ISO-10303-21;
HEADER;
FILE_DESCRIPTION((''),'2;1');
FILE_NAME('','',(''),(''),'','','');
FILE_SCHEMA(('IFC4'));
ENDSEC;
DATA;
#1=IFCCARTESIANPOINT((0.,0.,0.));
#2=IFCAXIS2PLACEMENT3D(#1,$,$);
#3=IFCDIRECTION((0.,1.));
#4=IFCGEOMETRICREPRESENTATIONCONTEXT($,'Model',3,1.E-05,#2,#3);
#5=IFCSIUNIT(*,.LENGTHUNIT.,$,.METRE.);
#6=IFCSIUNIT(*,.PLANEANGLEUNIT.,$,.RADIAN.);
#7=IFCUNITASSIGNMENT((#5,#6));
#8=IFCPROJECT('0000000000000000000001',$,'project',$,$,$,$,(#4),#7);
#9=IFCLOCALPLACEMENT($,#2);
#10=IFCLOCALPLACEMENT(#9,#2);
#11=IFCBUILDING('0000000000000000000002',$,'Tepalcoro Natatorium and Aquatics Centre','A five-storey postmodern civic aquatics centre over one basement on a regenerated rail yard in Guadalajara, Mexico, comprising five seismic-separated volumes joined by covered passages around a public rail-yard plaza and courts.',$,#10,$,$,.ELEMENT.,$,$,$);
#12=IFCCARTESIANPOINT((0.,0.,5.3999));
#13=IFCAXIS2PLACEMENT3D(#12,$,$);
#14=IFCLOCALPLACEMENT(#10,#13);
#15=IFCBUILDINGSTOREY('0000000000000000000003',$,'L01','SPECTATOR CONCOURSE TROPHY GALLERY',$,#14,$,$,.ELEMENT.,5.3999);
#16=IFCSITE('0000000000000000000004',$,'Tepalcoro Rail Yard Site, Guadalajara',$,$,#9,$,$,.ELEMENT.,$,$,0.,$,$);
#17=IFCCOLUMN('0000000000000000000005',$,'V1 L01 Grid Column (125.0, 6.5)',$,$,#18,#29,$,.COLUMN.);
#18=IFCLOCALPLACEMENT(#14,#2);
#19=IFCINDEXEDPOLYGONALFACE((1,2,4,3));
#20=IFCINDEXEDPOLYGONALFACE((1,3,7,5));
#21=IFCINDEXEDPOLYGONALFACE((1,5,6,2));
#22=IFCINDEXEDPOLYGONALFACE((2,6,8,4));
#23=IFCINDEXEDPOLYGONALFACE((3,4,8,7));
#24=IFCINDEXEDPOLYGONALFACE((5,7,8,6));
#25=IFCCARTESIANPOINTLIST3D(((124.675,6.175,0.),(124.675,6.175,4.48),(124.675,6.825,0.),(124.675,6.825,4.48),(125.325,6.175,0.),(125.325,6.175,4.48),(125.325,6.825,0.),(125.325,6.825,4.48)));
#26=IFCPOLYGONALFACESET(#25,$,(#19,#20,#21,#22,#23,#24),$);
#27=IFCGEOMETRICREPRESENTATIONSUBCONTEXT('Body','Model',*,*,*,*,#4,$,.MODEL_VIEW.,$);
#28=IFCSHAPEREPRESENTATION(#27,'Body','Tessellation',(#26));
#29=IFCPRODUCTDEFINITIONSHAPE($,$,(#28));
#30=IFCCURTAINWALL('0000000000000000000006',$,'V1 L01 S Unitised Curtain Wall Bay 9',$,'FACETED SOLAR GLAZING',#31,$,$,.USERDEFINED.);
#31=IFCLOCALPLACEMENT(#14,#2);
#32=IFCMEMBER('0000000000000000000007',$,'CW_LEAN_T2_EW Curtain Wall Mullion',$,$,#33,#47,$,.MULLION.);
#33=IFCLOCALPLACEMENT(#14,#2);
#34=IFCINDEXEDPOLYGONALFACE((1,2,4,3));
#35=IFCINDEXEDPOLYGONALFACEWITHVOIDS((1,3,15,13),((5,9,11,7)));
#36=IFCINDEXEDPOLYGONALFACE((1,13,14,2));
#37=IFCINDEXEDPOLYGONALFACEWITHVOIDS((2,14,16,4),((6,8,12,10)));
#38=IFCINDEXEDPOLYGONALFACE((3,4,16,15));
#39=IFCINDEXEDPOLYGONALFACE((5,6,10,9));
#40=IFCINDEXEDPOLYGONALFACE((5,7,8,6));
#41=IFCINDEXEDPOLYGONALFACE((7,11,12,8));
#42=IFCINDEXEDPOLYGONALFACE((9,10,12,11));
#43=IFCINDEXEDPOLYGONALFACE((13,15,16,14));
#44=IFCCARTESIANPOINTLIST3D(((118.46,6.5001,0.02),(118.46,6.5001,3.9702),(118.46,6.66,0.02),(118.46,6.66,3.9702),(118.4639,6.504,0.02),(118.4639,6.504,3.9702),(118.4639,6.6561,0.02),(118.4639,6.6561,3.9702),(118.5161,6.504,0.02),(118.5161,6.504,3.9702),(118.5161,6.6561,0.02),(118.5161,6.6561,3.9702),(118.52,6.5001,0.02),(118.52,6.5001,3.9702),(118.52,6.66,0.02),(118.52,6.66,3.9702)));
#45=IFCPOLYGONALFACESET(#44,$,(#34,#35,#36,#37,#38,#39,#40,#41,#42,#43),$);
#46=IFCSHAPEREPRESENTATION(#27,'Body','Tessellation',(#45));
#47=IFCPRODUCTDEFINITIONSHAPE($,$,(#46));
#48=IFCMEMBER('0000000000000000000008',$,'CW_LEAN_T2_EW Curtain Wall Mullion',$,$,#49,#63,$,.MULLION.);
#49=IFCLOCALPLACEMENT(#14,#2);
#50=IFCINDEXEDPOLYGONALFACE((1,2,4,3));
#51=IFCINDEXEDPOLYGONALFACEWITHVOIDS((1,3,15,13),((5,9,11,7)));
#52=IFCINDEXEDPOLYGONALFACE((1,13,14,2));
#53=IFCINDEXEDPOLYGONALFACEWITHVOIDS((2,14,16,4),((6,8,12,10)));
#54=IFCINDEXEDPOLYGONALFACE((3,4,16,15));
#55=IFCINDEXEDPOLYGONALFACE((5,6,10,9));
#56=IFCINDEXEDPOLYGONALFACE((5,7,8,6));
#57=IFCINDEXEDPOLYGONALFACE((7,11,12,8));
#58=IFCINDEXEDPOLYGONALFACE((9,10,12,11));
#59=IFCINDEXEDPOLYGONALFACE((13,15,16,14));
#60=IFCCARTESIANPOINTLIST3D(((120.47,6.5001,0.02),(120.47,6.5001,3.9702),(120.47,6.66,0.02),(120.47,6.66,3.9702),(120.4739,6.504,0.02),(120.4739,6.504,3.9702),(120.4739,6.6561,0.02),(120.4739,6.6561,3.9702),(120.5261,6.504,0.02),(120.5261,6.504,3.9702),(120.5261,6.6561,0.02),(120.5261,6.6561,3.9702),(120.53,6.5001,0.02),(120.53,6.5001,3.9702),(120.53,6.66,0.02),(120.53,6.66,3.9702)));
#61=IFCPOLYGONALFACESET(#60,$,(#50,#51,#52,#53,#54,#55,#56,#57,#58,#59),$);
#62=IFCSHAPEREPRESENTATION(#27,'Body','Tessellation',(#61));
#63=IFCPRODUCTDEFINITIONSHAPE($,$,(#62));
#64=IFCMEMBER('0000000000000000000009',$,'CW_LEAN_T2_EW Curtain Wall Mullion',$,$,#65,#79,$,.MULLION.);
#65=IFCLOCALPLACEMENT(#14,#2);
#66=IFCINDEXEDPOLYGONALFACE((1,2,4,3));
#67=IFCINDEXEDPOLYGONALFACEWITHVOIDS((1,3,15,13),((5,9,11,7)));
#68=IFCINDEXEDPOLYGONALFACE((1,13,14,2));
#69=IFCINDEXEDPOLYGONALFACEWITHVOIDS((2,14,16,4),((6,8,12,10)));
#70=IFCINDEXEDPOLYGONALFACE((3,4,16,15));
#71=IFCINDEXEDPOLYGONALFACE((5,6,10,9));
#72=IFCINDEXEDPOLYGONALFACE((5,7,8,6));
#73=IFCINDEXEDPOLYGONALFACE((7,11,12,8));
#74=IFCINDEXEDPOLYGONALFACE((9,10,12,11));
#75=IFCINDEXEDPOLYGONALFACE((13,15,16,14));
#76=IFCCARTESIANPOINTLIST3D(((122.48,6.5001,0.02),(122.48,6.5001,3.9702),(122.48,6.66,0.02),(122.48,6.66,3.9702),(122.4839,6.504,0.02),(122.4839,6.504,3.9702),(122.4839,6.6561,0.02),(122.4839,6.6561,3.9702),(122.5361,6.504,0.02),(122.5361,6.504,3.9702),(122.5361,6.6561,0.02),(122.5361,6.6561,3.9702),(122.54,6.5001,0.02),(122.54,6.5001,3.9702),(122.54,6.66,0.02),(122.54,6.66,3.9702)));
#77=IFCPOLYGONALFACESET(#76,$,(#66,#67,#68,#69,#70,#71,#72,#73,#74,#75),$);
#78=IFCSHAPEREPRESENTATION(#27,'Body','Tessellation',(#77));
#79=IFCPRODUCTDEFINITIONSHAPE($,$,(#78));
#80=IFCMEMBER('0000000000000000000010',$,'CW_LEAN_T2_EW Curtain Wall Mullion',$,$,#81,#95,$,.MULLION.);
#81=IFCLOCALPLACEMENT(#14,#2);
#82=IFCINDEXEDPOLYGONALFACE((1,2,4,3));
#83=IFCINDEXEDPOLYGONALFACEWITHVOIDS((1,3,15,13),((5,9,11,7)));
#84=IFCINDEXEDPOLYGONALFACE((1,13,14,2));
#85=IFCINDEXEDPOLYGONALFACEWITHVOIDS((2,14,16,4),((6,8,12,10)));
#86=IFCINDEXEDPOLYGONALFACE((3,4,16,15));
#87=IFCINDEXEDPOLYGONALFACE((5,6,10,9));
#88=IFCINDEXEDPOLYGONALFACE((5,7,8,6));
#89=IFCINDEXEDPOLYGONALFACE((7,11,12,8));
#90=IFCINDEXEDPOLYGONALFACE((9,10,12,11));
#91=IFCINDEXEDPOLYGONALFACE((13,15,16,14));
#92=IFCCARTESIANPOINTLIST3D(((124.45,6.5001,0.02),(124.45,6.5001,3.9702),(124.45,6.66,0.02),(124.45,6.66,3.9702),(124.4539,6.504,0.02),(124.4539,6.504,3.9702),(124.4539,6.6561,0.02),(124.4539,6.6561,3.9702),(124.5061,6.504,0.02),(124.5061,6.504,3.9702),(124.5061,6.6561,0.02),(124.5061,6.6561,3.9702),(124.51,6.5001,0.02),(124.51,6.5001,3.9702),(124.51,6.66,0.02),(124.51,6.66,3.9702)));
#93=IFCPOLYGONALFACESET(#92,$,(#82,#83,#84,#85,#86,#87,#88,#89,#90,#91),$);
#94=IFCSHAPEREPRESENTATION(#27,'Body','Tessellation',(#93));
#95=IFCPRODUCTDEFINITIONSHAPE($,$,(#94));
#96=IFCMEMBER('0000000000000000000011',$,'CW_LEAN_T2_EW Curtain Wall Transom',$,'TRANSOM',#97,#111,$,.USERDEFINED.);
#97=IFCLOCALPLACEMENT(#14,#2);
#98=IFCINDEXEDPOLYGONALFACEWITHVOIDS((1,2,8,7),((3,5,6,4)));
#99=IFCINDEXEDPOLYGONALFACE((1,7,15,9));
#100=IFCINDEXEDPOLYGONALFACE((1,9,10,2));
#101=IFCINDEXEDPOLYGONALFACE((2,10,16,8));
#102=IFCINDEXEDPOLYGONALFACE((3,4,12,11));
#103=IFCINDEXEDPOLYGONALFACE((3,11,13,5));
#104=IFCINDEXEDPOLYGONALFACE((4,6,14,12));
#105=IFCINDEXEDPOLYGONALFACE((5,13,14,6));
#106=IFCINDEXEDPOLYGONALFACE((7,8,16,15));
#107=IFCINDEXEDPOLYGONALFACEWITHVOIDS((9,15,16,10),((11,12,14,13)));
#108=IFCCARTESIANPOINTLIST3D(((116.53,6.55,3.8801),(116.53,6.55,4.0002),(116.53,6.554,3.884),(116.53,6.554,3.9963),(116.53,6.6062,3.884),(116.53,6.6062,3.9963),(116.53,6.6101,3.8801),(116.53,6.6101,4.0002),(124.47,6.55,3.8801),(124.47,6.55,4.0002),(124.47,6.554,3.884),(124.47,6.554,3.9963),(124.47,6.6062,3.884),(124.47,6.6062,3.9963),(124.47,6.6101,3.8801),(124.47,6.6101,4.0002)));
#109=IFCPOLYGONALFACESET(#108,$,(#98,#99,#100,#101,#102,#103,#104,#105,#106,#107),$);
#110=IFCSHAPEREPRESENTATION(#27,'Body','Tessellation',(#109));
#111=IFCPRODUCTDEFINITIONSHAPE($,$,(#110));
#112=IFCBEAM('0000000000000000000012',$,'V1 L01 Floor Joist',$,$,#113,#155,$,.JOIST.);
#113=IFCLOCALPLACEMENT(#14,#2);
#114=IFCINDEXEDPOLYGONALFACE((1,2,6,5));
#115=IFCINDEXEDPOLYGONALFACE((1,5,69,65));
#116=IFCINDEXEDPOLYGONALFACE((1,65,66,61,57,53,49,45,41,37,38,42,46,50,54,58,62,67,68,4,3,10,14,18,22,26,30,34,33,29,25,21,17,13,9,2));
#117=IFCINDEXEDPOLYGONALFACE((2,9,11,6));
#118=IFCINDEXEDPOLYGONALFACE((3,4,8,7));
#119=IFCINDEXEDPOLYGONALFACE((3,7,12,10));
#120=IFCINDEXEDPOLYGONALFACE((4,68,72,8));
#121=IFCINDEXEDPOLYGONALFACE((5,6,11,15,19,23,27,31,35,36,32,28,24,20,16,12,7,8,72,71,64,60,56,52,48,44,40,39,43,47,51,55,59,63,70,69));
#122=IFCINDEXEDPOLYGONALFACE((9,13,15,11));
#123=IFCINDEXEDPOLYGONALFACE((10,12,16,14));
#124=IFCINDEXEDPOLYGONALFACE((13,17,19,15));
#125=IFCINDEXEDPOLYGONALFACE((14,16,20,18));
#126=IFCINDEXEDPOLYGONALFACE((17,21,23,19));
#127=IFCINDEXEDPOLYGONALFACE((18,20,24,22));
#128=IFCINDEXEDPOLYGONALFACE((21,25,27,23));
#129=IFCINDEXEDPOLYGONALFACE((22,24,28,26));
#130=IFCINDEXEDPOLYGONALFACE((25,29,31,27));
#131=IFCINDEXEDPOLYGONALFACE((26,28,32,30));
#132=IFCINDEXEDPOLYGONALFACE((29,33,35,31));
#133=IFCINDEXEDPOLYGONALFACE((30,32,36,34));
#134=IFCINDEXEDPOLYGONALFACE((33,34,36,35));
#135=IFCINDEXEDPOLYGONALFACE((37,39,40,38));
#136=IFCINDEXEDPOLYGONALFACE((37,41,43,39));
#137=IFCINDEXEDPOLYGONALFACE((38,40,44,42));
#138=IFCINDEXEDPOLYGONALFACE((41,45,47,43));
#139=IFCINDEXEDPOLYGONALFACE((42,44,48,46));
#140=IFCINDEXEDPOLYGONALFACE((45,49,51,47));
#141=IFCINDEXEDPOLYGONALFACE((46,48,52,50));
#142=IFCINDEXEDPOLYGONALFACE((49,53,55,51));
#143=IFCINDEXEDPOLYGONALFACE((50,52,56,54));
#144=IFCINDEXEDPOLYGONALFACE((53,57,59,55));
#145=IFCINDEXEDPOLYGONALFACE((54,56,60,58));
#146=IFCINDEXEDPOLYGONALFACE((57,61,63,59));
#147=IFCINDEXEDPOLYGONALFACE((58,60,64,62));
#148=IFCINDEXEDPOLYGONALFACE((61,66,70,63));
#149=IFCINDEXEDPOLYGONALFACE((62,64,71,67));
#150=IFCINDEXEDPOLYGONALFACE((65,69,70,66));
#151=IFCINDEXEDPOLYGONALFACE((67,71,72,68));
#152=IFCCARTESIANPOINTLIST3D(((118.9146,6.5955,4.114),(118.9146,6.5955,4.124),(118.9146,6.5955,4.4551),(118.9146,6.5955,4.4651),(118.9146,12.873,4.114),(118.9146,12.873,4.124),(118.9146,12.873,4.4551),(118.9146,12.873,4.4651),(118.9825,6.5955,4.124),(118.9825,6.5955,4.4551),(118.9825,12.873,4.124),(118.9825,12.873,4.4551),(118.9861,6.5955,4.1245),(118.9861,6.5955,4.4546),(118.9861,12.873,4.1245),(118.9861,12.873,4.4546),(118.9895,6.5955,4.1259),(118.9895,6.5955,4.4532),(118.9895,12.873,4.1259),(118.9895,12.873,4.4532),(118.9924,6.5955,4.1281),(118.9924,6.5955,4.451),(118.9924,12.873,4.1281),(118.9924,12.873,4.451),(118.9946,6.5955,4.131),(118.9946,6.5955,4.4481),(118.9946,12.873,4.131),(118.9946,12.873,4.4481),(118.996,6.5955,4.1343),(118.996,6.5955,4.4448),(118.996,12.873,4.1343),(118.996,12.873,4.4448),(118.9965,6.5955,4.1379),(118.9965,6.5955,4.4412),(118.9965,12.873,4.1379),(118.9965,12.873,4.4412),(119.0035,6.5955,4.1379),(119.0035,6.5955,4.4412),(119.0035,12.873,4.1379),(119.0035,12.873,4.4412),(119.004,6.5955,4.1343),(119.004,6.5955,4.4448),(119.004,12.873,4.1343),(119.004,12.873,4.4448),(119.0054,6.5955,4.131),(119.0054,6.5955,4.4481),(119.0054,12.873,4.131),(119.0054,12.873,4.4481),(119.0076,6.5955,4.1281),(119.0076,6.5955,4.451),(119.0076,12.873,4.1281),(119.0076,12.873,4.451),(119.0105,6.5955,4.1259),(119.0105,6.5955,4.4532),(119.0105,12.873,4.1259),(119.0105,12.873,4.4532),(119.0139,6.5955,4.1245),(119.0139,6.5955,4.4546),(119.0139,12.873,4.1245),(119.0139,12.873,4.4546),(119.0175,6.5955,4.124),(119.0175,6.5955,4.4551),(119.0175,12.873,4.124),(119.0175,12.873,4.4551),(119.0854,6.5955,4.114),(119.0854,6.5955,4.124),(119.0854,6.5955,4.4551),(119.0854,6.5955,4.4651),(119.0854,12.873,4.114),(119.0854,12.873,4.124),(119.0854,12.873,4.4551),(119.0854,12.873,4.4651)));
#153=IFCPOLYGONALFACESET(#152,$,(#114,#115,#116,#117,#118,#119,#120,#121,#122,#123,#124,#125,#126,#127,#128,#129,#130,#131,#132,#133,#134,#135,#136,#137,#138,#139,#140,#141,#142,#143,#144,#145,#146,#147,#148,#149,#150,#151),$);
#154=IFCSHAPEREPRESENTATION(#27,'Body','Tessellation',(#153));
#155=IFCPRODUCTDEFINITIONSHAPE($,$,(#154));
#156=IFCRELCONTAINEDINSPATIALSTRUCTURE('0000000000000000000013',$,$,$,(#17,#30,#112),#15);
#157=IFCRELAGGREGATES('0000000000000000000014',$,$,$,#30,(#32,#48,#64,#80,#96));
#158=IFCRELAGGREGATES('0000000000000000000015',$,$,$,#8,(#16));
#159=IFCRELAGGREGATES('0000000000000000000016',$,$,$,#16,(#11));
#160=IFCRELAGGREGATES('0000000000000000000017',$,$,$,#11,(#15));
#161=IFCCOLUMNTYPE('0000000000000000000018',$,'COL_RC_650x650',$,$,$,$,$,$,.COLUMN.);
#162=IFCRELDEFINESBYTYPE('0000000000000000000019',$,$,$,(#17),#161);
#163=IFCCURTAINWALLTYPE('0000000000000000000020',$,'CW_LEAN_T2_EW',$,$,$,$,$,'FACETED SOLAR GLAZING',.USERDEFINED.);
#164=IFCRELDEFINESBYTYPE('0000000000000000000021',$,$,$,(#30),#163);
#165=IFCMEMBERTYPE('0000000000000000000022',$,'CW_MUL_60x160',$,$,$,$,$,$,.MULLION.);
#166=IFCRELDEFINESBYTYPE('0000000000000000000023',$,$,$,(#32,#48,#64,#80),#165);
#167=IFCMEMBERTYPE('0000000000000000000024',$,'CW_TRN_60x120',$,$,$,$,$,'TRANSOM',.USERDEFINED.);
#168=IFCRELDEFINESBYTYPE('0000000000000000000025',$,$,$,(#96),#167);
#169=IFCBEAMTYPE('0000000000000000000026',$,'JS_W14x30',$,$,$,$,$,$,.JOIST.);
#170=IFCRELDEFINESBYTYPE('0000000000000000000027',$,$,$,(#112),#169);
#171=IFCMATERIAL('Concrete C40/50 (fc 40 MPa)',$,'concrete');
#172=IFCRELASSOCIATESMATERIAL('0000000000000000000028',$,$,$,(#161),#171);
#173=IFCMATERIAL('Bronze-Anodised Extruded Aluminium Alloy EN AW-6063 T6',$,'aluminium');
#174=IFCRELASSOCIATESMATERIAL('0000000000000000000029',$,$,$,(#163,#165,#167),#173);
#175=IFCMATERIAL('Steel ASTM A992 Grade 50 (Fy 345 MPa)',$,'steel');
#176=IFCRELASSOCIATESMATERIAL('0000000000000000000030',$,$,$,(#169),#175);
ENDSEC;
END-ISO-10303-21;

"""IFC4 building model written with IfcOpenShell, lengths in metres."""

from ifc_helpers import new_model, si_unit, direction, frame, origin, origin_2d, place, context, subcontext, project, spatial, rectangle, hollow_rectangle, i_section, extrude, material, material_profile, profile_set, type_object, element, aggregate, save


model = new_model("IFC4")

# Units and contexts
model_context = context("Model", 3, precision=1e-05, world=origin(), true_north=direction((0.0, 1.0)))
body_context = subcontext(model_context, "Body", "Model", "MODEL_VIEW")
ifc_project = project(units=[si_unit("LENGTHUNIT", "METRE"), si_unit("PLANEANGLEUNIT", "RADIAN")], contexts=[model_context])

# Site, building, storey
site_placement = place(None, origin())
site = spatial("IfcSite", under=ifc_project, at=site_placement, Name="Tepalcoro Rail Yard Site, Guadalajara", CompositionType="ELEMENT", RefElevation=0.0)
building_placement = place(site_placement, origin())
building = spatial("IfcBuilding", under=site, at=building_placement, Name="Tepalcoro Natatorium and Aquatics Centre", Description="A five-storey postmodern civic aquatics centre over one basement on a regenerated rail yard in Guadalajara, Mexico, comprising five seismic-separated volumes joined by covered passages around a public rail-yard plaza and courts.", CompositionType="ELEMENT")
storey_placement = place(building_placement, frame((0.0, 0.0, 5.3999)))
storey = spatial("IfcBuildingStorey", under=building, at=storey_placement, Name="L01", Description="SPECTATOR CONCOURSE TROPHY GALLERY", CompositionType="ELEMENT", Elevation=5.3999)

# Column
ifc_material_1 = material(Name="Concrete C40/50 (fc 40 MPa)", Category="concrete")
ifc_material_profile_1 = material_profile(ifc_material_1, rectangle(XDim=0.6499, YDim=0.6499, at=origin_2d()), Name="RC650x650")
ifc_profile_set_1 = profile_set([ifc_material_profile_1], Name="Concrete C40/50 (fc 40 MPa)")
column_type = type_object("IfcColumnType", Name="COL_RC_650x650", PredefinedType="COLUMN", material=ifc_profile_set_1)
column_placement = place(storey_placement, frame((125.0, 6.5, 0.0), z_axis=(0.0, 0.0, 1.0), x_axis=(1.0, 0.0, 0.0)))
element("IfcColumn", 1, at=column_placement, inside=storey, type_object=column_type, Name="V1 L01 Grid Column (125.0, 6.5)", PredefinedType="COLUMN", context=body_context, shape_type="SweptSolid", body=[
    extrude(rectangle(XDim=0.6499, YDim=0.6499, at=origin_2d()), origin(), (0.0, 0.0, 1.0), 4.48),
])

# Curtain wall, members
ifc_material_2 = material(Name="Bronze-Anodised Extruded Aluminium Alloy EN AW-6063 T6", Category="aluminium")
curtain_wall_type = type_object("IfcCurtainWallType", Name="CW_LEAN_T2_EW", ElementType="FACETED SOLAR GLAZING", PredefinedType="USERDEFINED", material=ifc_material_2)
curtain_wall_placement = place(storey_placement, origin())
curtain_wall = element("IfcCurtainWall", 2, at=curtain_wall_placement, inside=storey, type_object=curtain_wall_type, Name="V1 L01 S Unitised Curtain Wall Bay 9", ObjectType="FACETED SOLAR GLAZING", PredefinedType="USERDEFINED")
ifc_material_profile_2 = material_profile(ifc_material_2, hollow_rectangle(XDim=0.0601, YDim=0.1599, WallThickness=0.0039, at=origin_2d()), Name="AL60X160X4")
ifc_profile_set_2 = profile_set([ifc_material_profile_2], Name="Bronze-Anodised Extruded Aluminium Alloy EN AW-6063 T6")
member_type_1 = type_object("IfcMemberType", Name="CW_MUL_60x160", PredefinedType="MULLION", material=ifc_profile_set_2)
member_1_placement = place(storey_placement, frame((118.49, 6.5801, 0.02), z_axis=(0.0, 0.0, 1.0), x_axis=(1.0, 0.0, 0.0)))
member_1 = element("IfcMember", 3, at=member_1_placement, type_object=member_type_1, Name="CW_LEAN_T2_EW Curtain Wall Mullion", PredefinedType="MULLION", context=body_context, shape_type="SweptSolid", body=[
    extrude(hollow_rectangle(XDim=0.0601, YDim=0.1599, WallThickness=0.0039, at=origin_2d()), origin(), (0.0, 0.0, 1.0), 3.9502),
])
member_2_placement = place(storey_placement, frame((120.5, 6.5801, 0.02), z_axis=(0.0, 0.0, 1.0), x_axis=(1.0, 0.0, 0.0)))
member_2 = element("IfcMember", 4, at=member_2_placement, type_object=member_type_1, Name="CW_LEAN_T2_EW Curtain Wall Mullion", PredefinedType="MULLION", context=body_context, shape_type="SweptSolid", body=[
    extrude(hollow_rectangle(XDim=0.0601, YDim=0.1599, WallThickness=0.0039, at=origin_2d()), origin(), (0.0, 0.0, 1.0), 3.9502),
])
member_3_placement = place(storey_placement, frame((122.51, 6.5801, 0.02), z_axis=(0.0, 0.0, 1.0), x_axis=(1.0, 0.0, 0.0)))
member_3 = element("IfcMember", 5, at=member_3_placement, type_object=member_type_1, Name="CW_LEAN_T2_EW Curtain Wall Mullion", PredefinedType="MULLION", context=body_context, shape_type="SweptSolid", body=[
    extrude(hollow_rectangle(XDim=0.0601, YDim=0.1599, WallThickness=0.0039, at=origin_2d()), origin(), (0.0, 0.0, 1.0), 3.9502),
])
member_4_placement = place(storey_placement, frame((124.48, 6.5801, 0.02), z_axis=(0.0, 0.0, 1.0), x_axis=(1.0, 0.0, 0.0)))
member_4 = element("IfcMember", 6, at=member_4_placement, type_object=member_type_1, Name="CW_LEAN_T2_EW Curtain Wall Mullion", PredefinedType="MULLION", context=body_context, shape_type="SweptSolid", body=[
    extrude(hollow_rectangle(XDim=0.0601, YDim=0.1599, WallThickness=0.0039, at=origin_2d()), origin(), (0.0, 0.0, 1.0), 3.9502),
])
ifc_material_profile_3 = material_profile(ifc_material_2, hollow_rectangle(XDim=0.0601, YDim=0.1201, WallThickness=0.0039, at=origin_2d()), Name="AL60X120X4")
ifc_profile_set_3 = profile_set([ifc_material_profile_3], Name="Bronze-Anodised Extruded Aluminium Alloy EN AW-6063 T6")
member_type_2 = type_object("IfcMemberType", Name="CW_TRN_60x120", ElementType="TRANSOM", PredefinedType="USERDEFINED", material=ifc_profile_set_3)
member_5_placement = place(storey_placement, frame((116.53, 6.5801, 3.9402), z_axis=(1.0, 0.0, 0.0), x_axis=(0.0, 1.0, 0.0)))
member_5 = element("IfcMember", 7, at=member_5_placement, type_object=member_type_2, Name="CW_LEAN_T2_EW Curtain Wall Transom", ObjectType="TRANSOM", PredefinedType="USERDEFINED", context=body_context, shape_type="SweptSolid", body=[
    extrude(hollow_rectangle(XDim=0.0601, YDim=0.1201, WallThickness=0.0039, at=origin_2d()), origin(), (0.0, 0.0, 1.0), 7.9399),
])

# Beam
ifc_material_3 = material(Name="Steel ASTM A992 Grade 50 (Fy 345 MPa)", Category="steel")
ifc_material_profile_4 = material_profile(ifc_material_3, i_section(OverallWidth=0.1709, OverallDepth=0.3511, WebThickness=0.0071, FlangeThickness=0.01, FilletRadius=0.0139, at=origin_2d()), Name="W14X30")
ifc_profile_set_4 = profile_set([ifc_material_profile_4], Name="Steel ASTM A992 Grade 50 (Fy 345 MPa)")
beam_type_1 = type_object("IfcBeamType", Name="JS_W14x30", PredefinedType="JOIST", material=ifc_profile_set_4)
beam_1_placement = place(storey_placement, frame((119.0, 6.5955, 4.2896), z_axis=(0.0, 1.0, 0.0), x_axis=(-1.0, 0.0, 0.0)))
element("IfcBeam", 8, at=beam_1_placement, inside=storey, type_object=beam_type_1, Name="V1 L01 Floor Joist", PredefinedType="JOIST", context=body_context, shape_type="SweptSolid", body=[
    extrude(i_section(OverallWidth=0.1709, OverallDepth=0.3511, WebThickness=0.0071, FlangeThickness=0.01, FilletRadius=0.0139, at=origin_2d()), origin(), (0.0, 0.0, 1.0), 6.2776),
])

aggregate(curtain_wall, [member_1, member_2, member_3, member_4, member_5])

save(model, "model.ifc")
